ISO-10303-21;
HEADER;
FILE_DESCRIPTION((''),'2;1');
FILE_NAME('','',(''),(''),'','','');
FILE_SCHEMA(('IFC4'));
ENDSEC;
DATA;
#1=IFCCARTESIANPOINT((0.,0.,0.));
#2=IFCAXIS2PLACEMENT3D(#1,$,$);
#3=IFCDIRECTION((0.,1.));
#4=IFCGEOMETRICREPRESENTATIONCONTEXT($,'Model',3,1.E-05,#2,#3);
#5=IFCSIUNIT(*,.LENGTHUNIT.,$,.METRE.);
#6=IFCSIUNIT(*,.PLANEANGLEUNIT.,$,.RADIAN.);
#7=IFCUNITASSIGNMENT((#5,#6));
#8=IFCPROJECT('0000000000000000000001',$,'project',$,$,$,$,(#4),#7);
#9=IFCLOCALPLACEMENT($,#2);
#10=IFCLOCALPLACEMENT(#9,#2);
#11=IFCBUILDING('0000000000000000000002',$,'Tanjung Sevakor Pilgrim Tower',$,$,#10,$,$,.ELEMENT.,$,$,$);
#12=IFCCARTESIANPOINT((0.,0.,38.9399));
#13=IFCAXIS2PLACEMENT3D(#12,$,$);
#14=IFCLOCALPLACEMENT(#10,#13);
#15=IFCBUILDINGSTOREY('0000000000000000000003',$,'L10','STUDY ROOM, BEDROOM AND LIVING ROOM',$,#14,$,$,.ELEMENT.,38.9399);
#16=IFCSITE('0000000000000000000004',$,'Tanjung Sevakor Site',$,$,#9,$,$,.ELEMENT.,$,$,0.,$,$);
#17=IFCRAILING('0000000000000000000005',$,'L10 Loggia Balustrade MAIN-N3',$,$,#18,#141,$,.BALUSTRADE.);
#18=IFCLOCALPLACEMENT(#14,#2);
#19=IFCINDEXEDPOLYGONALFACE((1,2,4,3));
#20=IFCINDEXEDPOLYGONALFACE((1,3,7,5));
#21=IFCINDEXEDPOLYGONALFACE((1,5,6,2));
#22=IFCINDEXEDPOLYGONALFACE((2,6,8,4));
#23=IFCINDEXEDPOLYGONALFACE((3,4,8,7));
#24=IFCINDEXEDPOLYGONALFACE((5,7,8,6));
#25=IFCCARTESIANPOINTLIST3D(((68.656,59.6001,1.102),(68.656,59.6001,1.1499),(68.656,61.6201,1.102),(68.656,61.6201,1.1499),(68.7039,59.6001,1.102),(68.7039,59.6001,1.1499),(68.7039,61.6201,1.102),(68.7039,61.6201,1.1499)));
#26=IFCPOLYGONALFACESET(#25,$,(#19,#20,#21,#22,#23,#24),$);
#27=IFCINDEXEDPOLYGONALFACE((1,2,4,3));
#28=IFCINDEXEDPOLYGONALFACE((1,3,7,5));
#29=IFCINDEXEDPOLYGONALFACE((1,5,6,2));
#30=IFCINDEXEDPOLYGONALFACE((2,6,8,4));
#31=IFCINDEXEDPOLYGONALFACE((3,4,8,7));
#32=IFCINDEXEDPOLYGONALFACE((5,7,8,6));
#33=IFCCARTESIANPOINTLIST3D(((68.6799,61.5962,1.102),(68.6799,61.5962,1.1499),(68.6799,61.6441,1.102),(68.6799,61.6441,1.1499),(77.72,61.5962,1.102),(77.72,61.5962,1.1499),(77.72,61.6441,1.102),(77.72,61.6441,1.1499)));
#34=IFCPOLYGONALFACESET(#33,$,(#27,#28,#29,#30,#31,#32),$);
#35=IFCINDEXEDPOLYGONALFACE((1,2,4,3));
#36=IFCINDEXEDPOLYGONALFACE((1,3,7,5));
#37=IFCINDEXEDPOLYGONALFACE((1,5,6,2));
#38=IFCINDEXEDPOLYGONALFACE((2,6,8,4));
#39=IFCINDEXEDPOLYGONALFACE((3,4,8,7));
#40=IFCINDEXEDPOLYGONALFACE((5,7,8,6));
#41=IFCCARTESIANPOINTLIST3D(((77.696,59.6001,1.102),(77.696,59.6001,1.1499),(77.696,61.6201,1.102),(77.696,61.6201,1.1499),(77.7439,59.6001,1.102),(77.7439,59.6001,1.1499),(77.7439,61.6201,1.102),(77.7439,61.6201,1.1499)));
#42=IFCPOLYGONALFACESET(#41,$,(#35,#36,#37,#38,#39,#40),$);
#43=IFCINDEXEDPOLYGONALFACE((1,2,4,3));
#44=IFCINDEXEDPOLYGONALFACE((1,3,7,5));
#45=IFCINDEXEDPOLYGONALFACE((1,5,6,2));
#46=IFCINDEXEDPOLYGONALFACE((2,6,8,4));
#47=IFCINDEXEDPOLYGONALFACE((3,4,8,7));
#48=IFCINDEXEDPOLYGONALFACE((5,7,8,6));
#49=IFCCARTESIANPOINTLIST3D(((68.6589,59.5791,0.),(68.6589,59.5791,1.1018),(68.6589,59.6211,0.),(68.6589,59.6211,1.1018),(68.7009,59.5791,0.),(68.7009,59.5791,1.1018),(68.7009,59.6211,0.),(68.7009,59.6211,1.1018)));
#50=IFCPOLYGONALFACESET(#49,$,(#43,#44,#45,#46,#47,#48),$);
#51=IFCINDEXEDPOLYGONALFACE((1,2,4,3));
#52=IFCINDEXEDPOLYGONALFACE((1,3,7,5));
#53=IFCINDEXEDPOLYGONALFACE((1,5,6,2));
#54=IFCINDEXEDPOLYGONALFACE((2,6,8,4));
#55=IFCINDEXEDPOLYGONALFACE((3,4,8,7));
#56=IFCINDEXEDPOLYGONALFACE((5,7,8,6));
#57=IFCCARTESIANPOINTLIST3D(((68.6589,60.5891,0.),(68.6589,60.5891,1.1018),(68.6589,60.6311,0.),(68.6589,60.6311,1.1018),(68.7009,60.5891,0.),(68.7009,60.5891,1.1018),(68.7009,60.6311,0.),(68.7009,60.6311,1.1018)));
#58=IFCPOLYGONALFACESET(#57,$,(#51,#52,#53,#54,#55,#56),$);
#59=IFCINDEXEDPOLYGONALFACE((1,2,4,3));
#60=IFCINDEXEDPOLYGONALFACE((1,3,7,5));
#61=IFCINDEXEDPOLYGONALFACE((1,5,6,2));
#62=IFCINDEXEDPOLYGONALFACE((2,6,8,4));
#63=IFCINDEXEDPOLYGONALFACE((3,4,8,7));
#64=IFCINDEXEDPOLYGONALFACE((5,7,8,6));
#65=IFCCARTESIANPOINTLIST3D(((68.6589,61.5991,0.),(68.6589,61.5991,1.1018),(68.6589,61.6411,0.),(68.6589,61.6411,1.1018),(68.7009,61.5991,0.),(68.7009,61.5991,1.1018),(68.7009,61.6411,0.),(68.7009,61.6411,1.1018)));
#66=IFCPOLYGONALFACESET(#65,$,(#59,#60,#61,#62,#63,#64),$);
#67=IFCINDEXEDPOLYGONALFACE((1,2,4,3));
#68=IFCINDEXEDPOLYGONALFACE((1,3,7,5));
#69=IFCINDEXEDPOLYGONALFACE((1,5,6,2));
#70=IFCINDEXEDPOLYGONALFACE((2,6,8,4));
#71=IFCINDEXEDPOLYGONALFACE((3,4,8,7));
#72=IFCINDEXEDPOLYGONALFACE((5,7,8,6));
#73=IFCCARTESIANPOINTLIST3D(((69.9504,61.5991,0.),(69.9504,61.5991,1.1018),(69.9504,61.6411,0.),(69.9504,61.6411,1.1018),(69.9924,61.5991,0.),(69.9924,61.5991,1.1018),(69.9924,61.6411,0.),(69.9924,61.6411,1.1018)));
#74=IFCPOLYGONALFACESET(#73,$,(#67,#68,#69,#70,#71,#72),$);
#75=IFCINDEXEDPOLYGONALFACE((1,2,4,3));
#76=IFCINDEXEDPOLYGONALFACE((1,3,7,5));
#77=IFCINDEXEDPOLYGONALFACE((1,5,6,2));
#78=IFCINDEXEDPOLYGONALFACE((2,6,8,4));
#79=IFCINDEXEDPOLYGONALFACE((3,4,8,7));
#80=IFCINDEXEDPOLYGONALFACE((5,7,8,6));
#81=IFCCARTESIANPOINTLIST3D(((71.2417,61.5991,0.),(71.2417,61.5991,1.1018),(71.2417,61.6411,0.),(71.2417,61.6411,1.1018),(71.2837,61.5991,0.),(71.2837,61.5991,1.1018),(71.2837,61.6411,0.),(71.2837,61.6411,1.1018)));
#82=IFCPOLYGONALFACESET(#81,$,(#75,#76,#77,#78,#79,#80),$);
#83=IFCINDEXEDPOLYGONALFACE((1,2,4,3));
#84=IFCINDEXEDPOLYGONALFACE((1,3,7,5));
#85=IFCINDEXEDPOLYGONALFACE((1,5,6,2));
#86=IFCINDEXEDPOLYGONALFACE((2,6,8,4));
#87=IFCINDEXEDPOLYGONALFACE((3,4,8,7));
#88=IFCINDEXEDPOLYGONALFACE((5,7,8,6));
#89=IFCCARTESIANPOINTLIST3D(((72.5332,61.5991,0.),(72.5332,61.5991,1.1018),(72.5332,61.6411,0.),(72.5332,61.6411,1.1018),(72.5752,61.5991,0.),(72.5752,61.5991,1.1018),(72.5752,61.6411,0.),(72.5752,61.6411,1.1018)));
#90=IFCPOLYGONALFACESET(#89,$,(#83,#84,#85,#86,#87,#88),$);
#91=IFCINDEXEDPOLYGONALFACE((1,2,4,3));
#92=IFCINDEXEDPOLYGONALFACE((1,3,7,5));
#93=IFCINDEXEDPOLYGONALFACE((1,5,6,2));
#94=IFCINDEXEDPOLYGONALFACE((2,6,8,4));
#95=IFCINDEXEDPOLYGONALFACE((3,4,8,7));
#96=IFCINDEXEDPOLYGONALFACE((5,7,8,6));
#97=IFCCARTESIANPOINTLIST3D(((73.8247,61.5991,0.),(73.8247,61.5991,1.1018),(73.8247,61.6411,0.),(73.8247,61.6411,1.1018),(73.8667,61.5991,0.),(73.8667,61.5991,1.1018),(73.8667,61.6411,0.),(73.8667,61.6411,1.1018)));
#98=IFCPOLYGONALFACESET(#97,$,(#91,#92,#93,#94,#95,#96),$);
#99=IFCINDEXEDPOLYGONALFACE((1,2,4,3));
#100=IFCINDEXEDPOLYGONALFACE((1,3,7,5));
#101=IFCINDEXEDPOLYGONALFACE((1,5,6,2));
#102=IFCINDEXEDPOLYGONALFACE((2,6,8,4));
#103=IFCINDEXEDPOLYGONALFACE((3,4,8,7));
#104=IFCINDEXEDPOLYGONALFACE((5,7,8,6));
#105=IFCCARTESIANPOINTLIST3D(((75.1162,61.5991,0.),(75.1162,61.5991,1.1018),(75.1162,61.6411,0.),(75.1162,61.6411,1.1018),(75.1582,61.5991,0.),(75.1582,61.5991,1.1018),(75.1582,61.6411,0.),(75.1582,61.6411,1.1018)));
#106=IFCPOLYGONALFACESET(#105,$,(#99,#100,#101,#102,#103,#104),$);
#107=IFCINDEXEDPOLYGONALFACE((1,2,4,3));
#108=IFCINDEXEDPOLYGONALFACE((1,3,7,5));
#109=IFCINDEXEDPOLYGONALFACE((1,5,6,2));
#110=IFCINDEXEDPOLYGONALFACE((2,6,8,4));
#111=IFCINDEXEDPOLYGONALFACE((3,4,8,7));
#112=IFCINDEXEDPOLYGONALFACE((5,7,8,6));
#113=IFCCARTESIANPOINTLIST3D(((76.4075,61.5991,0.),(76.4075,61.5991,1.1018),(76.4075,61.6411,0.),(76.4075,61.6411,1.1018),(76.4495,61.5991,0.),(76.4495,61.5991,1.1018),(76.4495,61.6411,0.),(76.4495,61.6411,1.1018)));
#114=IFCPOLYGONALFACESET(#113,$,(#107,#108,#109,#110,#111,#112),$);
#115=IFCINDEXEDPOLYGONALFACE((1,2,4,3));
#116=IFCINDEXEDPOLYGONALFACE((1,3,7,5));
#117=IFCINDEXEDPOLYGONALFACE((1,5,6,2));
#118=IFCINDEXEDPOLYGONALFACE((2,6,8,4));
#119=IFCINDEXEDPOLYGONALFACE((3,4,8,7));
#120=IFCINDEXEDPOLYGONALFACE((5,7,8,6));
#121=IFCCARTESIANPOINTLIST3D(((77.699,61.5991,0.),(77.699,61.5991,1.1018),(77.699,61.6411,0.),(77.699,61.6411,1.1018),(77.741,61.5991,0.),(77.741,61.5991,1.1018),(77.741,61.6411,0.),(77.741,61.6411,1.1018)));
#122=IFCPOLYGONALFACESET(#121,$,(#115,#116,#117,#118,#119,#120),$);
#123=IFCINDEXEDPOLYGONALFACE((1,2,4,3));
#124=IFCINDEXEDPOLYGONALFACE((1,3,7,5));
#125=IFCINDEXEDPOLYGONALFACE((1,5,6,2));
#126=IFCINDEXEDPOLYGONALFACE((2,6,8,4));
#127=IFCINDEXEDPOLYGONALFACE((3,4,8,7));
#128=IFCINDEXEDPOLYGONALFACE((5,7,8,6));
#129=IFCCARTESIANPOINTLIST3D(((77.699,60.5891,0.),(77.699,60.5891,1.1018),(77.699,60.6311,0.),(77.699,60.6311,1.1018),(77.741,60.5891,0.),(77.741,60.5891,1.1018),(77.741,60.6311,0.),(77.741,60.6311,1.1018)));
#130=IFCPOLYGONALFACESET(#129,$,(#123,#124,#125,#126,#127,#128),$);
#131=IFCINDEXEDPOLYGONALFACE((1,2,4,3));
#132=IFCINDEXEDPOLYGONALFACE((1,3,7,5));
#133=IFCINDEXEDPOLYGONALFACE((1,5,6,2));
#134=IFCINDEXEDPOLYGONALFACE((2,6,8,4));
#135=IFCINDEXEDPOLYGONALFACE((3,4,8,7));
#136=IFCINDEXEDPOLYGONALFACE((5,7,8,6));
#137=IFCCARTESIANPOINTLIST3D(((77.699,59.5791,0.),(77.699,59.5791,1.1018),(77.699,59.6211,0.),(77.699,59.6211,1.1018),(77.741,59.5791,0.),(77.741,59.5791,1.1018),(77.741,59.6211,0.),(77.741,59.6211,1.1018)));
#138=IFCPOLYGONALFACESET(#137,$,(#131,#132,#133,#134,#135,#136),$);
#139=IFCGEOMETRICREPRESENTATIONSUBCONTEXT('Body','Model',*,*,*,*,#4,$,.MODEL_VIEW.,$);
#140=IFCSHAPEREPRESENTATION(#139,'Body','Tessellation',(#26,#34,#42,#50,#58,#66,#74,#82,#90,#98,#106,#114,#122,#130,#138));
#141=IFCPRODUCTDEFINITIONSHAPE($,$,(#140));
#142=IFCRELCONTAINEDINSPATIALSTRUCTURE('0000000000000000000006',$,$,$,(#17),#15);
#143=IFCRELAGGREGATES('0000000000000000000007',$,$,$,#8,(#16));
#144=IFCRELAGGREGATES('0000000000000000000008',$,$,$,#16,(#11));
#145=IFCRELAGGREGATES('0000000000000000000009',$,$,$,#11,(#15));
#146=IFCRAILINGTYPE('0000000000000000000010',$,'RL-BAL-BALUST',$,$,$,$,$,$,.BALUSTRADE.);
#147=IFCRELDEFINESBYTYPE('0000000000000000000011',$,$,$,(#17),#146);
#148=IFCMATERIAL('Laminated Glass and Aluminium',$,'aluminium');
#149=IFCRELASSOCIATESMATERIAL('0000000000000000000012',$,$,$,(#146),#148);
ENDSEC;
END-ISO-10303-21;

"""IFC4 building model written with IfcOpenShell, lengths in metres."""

from ifc_helpers import new_model, si_unit, direction, frame, origin, place, context, subcontext, project, spatial, rectangle, extrude, material, type_object, element, save


model = new_model("IFC4")

# Units and contexts
model_context = context("Model", 3, precision=1e-05, world=origin(), true_north=direction((0.0, 1.0)))
body_context = subcontext(model_context, "Body", "Model", "MODEL_VIEW")
ifc_project = project(units=[si_unit("LENGTHUNIT", "METRE"), si_unit("PLANEANGLEUNIT", "RADIAN")], contexts=[model_context])

# Site, building, storey
site_placement = place(None, origin())
site = spatial("IfcSite", under=ifc_project, at=site_placement, Name="Tanjung Sevakor Site", CompositionType="ELEMENT", RefElevation=0.0)
building_placement = place(site_placement, origin())
building = spatial("IfcBuilding", under=site, at=building_placement, Name="Tanjung Sevakor Pilgrim Tower", CompositionType="ELEMENT")
storey_placement = place(building_placement, frame((0.0, 0.0, 38.9399)))
storey = spatial("IfcBuildingStorey", under=building, at=storey_placement, Name="L10", Description="STUDY ROOM, BEDROOM AND LIVING ROOM", CompositionType="ELEMENT", Elevation=38.9399)

# Railing
ifc_material_1 = material(Name="Laminated Glass and Aluminium", Category="aluminium")
railing_type = type_object("IfcRailingType", Name="RL-BAL-BALUST", PredefinedType="BALUSTRADE", material=ifc_material_1)
railing_1_placement = place(storey_placement, frame((68.6799, 59.6001, 0.0)))
element("IfcRailing", 1, at=railing_1_placement, inside=storey, type_object=railing_type, Name="L10 Loggia Balustrade MAIN-N3", PredefinedType="BALUSTRADE", context=body_context, shape_type="SweptSolid", body=[
    extrude(rectangle(XDim=0.0479, YDim=0.0479), frame((0.0, 0.0, 1.126), z_axis=(0.0, 1.0, 0.0), x_axis=(-1.0, 0.0, 0.0)), (0.0, 0.0, 1.0), 2.02),
    extrude(rectangle(XDim=0.0479, YDim=0.0479), frame((0.0, 2.02, 1.126), z_axis=(1.0, 0.0, 0.0), x_axis=(0.0, 1.0, 0.0)), (0.0, 0.0, 1.0), 9.04),
    extrude(rectangle(XDim=0.0479, YDim=0.0479), frame((9.04, 2.02, 1.126), z_axis=(0.0, -1.0, 0.0), x_axis=(1.0, 0.0, 0.0)), (0.0, 0.0, 1.0), 2.02),
    extrude(rectangle(XDim=0.042, YDim=0.042), origin(), (0.0, 0.0, 1.0), 1.1018),
    extrude(rectangle(XDim=0.042, YDim=0.042), frame((0.0, 1.01, 0.0)), (0.0, 0.0, 1.0), 1.1018),
    extrude(rectangle(XDim=0.042, YDim=0.042), frame((0.0, 2.02, 0.0)), (0.0, 0.0, 1.0), 1.1018),
    extrude(rectangle(XDim=0.042, YDim=0.042), frame((1.2915, 2.02, 0.0)), (0.0, 0.0, 1.0), 1.1018),
    extrude(rectangle(XDim=0.042, YDim=0.042), frame((2.5828, 2.02, 0.0)), (0.0, 0.0, 1.0), 1.1018),
    extrude(rectangle(XDim=0.042, YDim=0.042), frame((3.8743, 2.02, 0.0)), (0.0, 0.0, 1.0), 1.1018),
    extrude(rectangle(XDim=0.042, YDim=0.042), frame((5.1658, 2.02, 0.0)), (0.0, 0.0, 1.0), 1.1018),
    extrude(rectangle(XDim=0.042, YDim=0.042), frame((6.4573, 2.02, 0.0)), (0.0, 0.0, 1.0), 1.1018),
    extrude(rectangle(XDim=0.042, YDim=0.042), frame((7.7485, 2.02, 0.0)), (0.0, 0.0, 1.0), 1.1018),
    extrude(rectangle(XDim=0.042, YDim=0.042), frame((9.04, 2.02, 0.0)), (0.0, 0.0, 1.0), 1.1018),
    extrude(rectangle(XDim=0.042, YDim=0.042), frame((9.04, 1.01, 0.0)), (0.0, 0.0, 1.0), 1.1018),
    extrude(rectangle(XDim=0.042, YDim=0.042), frame((9.04, 0.0, 0.0)), (0.0, 0.0, 1.0), 1.1018),
])

save(model, "model.ifc")
